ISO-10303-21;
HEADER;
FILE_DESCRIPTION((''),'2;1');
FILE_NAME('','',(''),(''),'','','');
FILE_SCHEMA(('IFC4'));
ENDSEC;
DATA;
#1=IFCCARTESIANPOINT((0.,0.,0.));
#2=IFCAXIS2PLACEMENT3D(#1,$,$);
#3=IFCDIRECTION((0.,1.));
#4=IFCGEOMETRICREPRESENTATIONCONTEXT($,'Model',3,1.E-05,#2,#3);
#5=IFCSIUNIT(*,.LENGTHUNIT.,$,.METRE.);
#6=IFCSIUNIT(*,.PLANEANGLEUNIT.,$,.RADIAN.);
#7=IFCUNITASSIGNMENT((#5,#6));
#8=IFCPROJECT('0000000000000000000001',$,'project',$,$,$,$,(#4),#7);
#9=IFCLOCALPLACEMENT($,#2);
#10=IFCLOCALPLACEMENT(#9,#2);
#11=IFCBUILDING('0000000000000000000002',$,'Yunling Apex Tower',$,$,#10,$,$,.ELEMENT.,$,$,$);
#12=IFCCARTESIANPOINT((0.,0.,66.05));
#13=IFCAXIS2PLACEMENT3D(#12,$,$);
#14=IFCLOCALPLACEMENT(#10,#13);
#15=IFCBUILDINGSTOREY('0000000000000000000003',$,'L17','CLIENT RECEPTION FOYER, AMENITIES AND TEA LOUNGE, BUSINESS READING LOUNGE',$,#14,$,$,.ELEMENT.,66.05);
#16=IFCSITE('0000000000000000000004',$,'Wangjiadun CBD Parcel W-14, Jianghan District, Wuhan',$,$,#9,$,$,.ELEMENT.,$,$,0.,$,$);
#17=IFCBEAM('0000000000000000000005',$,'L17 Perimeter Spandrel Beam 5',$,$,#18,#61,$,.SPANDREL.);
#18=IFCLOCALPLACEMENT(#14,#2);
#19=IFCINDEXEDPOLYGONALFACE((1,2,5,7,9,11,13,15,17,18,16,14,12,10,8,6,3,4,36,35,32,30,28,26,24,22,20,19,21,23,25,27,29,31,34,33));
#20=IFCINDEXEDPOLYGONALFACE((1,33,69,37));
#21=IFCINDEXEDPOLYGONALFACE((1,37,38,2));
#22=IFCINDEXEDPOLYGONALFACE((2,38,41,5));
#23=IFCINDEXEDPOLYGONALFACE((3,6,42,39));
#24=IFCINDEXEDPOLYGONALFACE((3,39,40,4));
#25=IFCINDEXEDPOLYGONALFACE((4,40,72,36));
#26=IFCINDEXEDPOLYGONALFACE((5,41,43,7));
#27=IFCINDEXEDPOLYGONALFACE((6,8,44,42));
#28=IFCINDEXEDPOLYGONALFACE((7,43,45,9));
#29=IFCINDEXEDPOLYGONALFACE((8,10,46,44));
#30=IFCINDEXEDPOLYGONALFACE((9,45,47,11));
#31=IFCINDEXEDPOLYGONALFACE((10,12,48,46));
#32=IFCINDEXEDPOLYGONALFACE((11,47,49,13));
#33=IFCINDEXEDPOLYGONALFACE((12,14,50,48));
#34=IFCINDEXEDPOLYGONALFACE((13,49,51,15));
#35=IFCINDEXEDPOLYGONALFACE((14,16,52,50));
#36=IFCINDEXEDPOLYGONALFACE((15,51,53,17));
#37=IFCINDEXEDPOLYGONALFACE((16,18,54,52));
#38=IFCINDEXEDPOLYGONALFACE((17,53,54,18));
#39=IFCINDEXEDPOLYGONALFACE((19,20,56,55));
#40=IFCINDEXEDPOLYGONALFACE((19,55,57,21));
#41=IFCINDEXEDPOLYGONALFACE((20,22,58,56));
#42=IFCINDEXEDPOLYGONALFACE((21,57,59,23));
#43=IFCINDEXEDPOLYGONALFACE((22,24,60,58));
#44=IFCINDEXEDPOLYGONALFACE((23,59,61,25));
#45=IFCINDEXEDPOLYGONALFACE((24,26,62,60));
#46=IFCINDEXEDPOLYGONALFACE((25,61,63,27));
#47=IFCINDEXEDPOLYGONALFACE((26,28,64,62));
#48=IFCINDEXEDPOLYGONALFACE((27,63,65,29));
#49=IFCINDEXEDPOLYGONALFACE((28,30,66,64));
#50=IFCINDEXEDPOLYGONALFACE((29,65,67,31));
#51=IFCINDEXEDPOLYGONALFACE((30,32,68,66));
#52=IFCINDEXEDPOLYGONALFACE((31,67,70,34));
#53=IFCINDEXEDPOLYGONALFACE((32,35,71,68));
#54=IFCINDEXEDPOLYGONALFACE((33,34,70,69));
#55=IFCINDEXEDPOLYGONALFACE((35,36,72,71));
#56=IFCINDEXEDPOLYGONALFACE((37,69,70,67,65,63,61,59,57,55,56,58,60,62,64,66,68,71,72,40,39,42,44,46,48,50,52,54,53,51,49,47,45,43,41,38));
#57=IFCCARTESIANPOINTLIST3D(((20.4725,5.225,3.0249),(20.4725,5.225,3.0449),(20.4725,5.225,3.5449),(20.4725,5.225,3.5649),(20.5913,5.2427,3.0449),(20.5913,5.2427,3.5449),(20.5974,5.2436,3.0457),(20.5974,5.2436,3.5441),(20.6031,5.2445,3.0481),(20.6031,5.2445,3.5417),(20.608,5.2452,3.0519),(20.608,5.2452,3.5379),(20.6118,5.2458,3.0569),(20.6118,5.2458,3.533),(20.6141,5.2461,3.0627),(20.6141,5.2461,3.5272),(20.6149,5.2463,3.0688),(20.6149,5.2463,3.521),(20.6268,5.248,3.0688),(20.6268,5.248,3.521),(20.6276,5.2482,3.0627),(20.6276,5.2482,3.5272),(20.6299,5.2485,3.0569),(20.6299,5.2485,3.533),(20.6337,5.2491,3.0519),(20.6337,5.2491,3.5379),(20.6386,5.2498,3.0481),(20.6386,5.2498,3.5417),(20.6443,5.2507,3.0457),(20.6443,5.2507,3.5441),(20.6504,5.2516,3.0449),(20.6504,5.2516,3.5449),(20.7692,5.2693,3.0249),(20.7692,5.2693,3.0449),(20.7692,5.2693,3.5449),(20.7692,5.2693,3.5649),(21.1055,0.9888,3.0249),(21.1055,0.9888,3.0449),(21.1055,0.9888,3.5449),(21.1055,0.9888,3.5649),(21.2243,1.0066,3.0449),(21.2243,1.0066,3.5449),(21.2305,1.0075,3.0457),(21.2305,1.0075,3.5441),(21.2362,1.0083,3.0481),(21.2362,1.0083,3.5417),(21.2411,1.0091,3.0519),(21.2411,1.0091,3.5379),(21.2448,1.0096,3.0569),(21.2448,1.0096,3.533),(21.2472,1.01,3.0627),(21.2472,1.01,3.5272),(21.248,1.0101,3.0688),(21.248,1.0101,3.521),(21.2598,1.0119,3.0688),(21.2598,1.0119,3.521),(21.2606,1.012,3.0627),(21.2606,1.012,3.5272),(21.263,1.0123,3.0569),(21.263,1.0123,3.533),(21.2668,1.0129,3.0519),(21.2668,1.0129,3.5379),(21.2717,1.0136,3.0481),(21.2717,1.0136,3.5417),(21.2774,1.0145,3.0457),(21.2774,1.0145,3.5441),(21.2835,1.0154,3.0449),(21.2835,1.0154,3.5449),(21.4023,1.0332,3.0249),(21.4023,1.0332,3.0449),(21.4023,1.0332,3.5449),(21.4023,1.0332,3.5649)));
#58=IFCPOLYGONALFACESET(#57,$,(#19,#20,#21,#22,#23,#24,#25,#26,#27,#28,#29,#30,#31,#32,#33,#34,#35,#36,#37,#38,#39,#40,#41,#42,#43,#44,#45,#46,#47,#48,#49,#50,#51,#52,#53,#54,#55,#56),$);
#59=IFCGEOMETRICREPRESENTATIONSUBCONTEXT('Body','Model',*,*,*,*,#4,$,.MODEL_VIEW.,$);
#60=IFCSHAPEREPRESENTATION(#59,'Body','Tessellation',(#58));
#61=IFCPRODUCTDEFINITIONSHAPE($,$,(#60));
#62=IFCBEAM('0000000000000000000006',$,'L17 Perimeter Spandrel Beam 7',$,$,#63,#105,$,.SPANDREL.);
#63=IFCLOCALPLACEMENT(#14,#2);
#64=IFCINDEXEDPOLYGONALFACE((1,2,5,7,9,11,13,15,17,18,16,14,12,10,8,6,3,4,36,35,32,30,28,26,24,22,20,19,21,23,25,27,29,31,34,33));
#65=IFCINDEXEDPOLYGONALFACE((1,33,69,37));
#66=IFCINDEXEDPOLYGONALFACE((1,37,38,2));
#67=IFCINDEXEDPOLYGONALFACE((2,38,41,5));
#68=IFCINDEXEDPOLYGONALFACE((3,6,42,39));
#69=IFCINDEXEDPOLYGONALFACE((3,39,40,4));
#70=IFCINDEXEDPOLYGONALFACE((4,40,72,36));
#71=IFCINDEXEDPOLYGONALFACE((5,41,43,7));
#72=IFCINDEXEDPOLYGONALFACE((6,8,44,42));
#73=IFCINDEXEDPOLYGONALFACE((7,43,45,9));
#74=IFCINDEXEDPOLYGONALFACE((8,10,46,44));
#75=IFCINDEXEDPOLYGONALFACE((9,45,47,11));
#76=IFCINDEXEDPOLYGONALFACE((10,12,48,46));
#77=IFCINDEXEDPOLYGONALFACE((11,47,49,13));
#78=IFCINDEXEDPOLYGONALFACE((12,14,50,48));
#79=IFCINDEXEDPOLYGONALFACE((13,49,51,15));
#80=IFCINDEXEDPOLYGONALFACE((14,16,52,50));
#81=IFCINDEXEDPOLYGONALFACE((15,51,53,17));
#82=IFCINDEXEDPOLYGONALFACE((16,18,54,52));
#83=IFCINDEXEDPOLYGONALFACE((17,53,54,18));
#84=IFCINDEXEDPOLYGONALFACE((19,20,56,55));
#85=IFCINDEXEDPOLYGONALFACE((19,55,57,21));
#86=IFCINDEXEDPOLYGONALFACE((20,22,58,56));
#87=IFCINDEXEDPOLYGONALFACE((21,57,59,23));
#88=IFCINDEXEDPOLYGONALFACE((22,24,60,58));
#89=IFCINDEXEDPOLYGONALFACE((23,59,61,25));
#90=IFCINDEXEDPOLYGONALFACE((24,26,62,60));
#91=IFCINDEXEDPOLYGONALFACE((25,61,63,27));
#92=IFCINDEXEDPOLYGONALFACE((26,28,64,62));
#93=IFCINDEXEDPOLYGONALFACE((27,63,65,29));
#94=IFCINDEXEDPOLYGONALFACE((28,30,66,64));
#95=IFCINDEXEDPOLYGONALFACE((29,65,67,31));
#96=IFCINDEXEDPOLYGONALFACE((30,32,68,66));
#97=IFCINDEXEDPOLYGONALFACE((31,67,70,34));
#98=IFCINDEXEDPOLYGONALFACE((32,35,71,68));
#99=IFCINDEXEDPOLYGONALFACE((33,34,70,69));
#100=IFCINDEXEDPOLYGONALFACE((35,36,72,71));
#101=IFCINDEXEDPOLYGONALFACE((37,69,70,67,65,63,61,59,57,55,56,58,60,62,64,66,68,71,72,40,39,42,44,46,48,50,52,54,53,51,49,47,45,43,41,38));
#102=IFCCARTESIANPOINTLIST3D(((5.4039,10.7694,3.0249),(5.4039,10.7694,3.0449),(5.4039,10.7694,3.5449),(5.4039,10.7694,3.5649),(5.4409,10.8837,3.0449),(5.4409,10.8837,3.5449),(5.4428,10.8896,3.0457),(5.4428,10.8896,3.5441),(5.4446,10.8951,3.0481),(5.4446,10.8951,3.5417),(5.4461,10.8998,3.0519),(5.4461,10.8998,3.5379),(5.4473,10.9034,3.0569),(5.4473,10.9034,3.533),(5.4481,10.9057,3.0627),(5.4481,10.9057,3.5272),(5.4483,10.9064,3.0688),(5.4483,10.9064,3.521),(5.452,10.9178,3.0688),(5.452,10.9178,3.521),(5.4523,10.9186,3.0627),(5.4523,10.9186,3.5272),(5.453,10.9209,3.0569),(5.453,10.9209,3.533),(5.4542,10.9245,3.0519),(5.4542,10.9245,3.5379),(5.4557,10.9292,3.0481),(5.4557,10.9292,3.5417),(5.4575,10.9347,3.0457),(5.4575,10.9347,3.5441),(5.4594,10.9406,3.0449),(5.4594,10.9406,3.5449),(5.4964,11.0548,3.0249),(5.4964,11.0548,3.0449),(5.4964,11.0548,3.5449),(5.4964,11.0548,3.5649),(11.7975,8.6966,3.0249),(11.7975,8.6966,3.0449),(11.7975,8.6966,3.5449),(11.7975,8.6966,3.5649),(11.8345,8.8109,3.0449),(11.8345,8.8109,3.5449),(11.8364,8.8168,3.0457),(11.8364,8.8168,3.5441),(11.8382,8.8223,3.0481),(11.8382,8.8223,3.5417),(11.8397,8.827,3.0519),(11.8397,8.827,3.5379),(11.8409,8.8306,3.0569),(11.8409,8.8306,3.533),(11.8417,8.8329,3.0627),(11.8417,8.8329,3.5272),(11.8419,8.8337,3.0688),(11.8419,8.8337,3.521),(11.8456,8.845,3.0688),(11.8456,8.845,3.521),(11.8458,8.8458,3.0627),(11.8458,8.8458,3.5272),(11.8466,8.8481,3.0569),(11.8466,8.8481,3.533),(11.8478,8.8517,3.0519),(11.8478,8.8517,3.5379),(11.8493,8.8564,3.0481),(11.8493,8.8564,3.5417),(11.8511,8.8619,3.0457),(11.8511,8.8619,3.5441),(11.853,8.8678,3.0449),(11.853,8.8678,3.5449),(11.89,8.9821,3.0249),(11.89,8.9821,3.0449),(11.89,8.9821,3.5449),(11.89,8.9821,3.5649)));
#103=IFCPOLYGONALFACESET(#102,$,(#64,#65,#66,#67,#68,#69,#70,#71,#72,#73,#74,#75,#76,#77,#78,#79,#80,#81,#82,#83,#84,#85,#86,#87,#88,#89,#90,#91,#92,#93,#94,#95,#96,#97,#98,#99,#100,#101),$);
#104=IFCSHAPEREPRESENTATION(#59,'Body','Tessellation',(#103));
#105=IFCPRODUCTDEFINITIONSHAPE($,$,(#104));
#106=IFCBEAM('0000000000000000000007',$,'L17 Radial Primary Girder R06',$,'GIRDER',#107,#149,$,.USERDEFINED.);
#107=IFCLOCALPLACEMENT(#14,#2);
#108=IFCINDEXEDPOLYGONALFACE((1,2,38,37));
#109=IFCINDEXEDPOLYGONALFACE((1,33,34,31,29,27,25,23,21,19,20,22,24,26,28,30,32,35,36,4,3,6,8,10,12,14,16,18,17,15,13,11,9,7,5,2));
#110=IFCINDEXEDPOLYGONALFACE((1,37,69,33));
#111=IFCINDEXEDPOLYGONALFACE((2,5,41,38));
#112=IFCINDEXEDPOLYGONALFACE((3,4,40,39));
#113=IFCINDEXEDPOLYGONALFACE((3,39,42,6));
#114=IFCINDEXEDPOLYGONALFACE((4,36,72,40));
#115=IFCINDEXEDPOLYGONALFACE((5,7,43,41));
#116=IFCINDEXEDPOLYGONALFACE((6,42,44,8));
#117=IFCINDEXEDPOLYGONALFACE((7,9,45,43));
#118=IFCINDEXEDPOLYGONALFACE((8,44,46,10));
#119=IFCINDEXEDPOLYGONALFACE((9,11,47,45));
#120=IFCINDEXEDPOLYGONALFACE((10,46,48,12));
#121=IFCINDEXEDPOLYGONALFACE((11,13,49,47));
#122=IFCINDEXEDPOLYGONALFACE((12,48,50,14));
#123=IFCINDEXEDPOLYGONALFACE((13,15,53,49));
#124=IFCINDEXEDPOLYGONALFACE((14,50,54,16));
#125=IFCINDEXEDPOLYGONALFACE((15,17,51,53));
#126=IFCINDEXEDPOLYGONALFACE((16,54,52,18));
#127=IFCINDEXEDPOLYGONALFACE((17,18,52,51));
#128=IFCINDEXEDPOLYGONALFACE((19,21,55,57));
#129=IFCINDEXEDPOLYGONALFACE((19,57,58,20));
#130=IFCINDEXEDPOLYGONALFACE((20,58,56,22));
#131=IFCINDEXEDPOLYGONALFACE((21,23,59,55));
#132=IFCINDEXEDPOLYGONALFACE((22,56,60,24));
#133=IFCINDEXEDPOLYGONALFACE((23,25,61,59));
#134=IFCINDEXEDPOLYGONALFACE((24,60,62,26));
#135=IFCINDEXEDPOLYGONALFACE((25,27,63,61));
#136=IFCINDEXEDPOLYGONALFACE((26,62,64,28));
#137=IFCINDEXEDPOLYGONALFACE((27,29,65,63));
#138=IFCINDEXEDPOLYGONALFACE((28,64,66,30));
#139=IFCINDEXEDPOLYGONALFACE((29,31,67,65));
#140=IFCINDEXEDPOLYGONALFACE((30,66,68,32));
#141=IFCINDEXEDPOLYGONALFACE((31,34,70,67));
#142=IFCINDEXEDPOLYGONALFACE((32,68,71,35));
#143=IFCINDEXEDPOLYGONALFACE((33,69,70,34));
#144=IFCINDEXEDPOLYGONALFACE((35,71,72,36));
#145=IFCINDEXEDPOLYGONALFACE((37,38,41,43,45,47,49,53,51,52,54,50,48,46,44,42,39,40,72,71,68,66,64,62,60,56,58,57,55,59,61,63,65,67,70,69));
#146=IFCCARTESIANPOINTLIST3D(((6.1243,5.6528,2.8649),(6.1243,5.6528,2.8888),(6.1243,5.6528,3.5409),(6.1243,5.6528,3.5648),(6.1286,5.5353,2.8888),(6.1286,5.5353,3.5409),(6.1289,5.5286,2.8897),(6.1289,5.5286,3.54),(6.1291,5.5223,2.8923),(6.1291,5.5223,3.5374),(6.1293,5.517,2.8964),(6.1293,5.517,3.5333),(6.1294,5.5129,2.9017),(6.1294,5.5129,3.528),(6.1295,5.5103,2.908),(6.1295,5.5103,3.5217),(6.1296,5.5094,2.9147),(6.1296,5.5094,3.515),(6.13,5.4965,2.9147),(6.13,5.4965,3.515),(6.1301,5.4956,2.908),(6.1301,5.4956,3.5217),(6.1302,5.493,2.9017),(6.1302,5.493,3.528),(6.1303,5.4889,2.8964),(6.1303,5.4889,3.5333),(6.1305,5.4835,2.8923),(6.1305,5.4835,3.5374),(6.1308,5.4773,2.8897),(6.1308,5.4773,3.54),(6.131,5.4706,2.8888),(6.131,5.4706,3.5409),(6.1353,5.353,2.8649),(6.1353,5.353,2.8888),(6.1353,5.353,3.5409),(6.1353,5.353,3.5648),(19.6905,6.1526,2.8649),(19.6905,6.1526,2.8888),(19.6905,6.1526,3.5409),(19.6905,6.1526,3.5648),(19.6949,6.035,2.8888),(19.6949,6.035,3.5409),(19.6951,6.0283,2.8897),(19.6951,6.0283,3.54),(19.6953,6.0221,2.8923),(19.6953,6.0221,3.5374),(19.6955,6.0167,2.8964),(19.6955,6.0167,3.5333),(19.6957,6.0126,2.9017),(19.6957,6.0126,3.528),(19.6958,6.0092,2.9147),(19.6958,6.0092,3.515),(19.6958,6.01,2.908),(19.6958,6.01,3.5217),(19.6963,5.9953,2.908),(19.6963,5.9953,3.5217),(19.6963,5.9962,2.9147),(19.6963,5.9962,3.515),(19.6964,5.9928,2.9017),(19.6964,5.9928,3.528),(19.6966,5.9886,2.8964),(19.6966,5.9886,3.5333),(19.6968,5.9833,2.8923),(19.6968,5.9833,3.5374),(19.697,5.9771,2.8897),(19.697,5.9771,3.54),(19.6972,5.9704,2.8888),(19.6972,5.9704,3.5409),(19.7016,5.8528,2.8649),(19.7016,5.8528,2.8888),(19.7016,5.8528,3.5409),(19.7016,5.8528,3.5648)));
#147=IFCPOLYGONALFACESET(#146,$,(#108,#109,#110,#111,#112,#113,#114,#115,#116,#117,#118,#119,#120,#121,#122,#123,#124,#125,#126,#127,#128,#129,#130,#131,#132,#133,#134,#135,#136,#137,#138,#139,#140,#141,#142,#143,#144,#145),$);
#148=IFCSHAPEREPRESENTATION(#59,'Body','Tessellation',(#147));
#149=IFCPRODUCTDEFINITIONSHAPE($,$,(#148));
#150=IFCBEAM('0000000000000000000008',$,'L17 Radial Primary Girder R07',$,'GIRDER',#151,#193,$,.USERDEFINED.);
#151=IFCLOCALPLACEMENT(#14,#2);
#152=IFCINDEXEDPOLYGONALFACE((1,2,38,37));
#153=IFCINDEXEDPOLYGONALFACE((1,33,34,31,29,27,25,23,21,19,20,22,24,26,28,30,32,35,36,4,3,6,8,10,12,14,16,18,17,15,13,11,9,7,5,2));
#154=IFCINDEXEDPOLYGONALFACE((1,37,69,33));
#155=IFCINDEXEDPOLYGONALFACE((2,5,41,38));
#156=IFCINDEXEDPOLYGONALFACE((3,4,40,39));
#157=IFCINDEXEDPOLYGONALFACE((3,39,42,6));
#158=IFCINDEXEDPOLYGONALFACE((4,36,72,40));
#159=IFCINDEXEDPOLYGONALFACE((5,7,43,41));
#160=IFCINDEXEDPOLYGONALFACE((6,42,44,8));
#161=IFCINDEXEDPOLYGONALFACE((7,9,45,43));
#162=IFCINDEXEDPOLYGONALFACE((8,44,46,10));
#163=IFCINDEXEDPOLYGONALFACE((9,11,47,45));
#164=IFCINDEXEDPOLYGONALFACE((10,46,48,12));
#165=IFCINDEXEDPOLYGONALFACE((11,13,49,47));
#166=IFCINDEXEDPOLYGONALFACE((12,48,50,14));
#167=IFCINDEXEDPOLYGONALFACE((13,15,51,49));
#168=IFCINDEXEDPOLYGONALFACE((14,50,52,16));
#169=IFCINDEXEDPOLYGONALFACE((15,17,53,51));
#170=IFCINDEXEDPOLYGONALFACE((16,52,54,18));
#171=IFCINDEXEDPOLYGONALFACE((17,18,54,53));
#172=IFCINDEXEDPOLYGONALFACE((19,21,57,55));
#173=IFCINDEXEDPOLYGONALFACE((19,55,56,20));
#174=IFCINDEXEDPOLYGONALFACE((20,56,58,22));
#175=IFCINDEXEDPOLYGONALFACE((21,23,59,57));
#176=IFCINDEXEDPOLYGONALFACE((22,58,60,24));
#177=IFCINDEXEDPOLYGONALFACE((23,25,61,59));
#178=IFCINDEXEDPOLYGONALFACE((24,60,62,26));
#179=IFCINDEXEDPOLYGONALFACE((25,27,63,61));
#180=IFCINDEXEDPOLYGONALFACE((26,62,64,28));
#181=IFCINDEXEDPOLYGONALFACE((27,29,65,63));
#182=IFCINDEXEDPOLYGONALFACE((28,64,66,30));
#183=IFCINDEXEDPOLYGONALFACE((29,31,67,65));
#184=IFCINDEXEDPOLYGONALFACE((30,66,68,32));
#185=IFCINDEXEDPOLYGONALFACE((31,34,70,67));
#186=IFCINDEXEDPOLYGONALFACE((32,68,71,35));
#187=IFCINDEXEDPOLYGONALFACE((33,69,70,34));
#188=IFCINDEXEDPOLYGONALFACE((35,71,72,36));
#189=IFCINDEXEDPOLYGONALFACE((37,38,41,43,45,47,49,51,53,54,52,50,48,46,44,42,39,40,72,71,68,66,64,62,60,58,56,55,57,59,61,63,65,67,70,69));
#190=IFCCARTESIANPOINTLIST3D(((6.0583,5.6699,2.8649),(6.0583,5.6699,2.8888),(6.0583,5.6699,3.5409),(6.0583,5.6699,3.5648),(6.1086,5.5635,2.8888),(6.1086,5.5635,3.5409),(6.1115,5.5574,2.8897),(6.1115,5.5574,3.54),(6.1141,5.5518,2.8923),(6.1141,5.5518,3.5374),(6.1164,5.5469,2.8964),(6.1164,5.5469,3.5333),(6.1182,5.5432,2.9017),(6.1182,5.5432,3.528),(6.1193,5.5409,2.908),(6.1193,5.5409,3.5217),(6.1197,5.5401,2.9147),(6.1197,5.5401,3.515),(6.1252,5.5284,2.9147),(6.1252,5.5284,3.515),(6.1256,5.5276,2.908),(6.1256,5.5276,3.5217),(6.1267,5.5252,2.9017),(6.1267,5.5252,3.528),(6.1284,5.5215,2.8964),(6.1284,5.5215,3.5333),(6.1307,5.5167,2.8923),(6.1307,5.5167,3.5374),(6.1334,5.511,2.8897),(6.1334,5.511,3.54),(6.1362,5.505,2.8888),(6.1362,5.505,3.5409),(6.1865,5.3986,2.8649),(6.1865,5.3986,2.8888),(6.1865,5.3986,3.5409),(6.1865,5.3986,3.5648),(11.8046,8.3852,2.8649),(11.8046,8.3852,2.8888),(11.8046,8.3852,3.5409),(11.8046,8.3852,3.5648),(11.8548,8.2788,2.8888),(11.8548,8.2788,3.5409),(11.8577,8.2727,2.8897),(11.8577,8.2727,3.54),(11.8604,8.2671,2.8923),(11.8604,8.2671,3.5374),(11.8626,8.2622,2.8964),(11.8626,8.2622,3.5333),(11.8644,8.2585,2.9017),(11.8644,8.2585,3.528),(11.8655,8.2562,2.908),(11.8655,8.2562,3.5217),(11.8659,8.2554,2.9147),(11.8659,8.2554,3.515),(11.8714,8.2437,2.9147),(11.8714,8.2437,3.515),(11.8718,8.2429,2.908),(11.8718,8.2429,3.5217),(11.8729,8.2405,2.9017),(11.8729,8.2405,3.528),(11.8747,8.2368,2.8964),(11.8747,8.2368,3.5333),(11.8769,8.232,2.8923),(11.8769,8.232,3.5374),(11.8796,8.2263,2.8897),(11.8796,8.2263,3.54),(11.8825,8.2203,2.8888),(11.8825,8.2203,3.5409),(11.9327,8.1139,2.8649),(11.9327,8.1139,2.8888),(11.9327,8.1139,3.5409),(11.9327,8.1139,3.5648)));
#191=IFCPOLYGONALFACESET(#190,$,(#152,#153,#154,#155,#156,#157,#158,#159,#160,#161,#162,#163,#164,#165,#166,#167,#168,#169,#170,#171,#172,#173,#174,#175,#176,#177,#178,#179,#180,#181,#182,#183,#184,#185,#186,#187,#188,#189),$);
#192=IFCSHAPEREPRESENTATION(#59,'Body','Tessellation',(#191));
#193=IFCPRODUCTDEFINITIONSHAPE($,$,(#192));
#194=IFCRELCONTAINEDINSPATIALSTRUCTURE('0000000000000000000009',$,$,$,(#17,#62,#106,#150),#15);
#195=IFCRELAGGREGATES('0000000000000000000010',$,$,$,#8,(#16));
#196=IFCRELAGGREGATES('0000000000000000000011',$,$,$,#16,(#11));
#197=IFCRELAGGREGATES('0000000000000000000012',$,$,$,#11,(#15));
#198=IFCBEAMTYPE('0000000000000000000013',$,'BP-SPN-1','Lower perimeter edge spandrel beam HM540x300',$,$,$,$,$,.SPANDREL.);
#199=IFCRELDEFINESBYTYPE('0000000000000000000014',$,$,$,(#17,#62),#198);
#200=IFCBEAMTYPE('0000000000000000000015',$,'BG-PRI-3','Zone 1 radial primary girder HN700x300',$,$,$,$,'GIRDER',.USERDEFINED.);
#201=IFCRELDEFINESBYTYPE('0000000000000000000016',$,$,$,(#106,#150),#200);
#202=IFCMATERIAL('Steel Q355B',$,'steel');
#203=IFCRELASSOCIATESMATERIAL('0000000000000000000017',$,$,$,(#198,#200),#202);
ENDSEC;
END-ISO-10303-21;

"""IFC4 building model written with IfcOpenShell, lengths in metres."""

from ifc_helpers import new_model, si_unit, direction, frame, origin, origin_2d, place, context, subcontext, project, spatial, i_section, extrude, source, transform, mapped, material, material_profile, profile_set, type_object, element, save


model = new_model("IFC4")

# Units and contexts
model_context = context("Model", 3, precision=1e-05, world=origin(), true_north=direction((0.0, 1.0)))
body_context = subcontext(model_context, "Body", "Model", "MODEL_VIEW")
ifc_project = project(units=[si_unit("LENGTHUNIT", "METRE"), si_unit("PLANEANGLEUNIT", "RADIAN")], contexts=[model_context])

# Site, building, storey
site_placement = place(None, origin())
site = spatial("IfcSite", under=ifc_project, at=site_placement, Name="Wangjiadun CBD Parcel W-14, Jianghan District, Wuhan", CompositionType="ELEMENT", RefElevation=0.0)
building_placement = place(site_placement, origin())
building = spatial("IfcBuilding", under=site, at=building_placement, Name="Yunling Apex Tower", CompositionType="ELEMENT")
storey_placement = place(building_placement, frame((0.0, 0.0, 66.05)))
storey = spatial("IfcBuildingStorey", under=building, at=storey_placement, Name="L17", Description="CLIENT RECEPTION FOYER, AMENITIES AND TEA LOUNGE, BUSINESS READING LOUNGE", CompositionType="ELEMENT", Elevation=66.05)

# Beams
ifc_material_1 = material(Name="Steel Q355B", Category="steel")
ifc_material_profile_1 = material_profile(ifc_material_1, i_section(OverallWidth=0.3, OverallDepth=0.54, WebThickness=0.012, FlangeThickness=0.02, FilletRadius=0.0239, at=origin_2d()))
ifc_profile_set_1 = profile_set([ifc_material_profile_1], Name="Steel Q355B")
beam_type_1 = type_object("IfcBeamType", Name="BP-SPN-1", Description="Lower perimeter edge spandrel beam HM540x300", PredefinedType="SPANDREL", material=ifc_profile_set_1)
shared_shape_1 = source(origin(), body_context, "Body", "SweptSolid", [
    extrude(i_section(OverallWidth=0.3, OverallDepth=0.54, WebThickness=0.012, FlangeThickness=0.02, FilletRadius=0.0239, at=origin_2d()), origin(), (0.0, 0.0, 1.0), 4.2832),
])
beam_1_placement = place(storey_placement, frame((21.2539, 1.011, 3.2949), z_axis=(-0.147802, 0.989017, 0.0), x_axis=(-0.989017, -0.147802, 0.0)))
element("IfcBeam", 1, at=beam_1_placement, inside=storey, type_object=beam_type_1, Name="L17 Perimeter Spandrel Beam 5", PredefinedType="SPANDREL", context=body_context, shape_type="MappedRepresentation", body=[
    mapped(shared_shape_1, transform((0.0, 0.0, 0.0), scale=1.0)),
])
shared_shape_2 = source(origin(), body_context, "Body", "SweptSolid", [
    extrude(i_section(OverallWidth=0.3, OverallDepth=0.54, WebThickness=0.012, FlangeThickness=0.02, FilletRadius=0.0239, at=origin_2d()), origin(), (0.0, 0.0, 1.0), 6.7212),
])
beam_2_placement = place(storey_placement, frame((11.8438, 8.8394, 3.2949), z_axis=(-0.951259, 0.308393, 0.0), x_axis=(-0.308393, -0.951259, 0.0)))
element("IfcBeam", 2, at=beam_2_placement, inside=storey, type_object=beam_type_1, Name="L17 Perimeter Spandrel Beam 7", PredefinedType="SPANDREL", context=body_context, shape_type="MappedRepresentation", body=[
    mapped(shared_shape_2, transform((0.0, 0.0, 0.0), scale=1.0)),
])
ifc_material_profile_2 = material_profile(ifc_material_1, i_section(OverallWidth=0.3, OverallDepth=0.7, WebThickness=0.0129, FlangeThickness=0.0239, FilletRadius=0.0259, at=origin_2d()))
ifc_profile_set_2 = profile_set([ifc_material_profile_2], Name="Steel Q355B")
beam_type_2 = type_object("IfcBeamType", Name="BG-PRI-3", Description="Zone 1 radial primary girder HN700x300", ElementType="GIRDER", PredefinedType="USERDEFINED", material=ifc_profile_set_2)
shared_shape_3 = source(origin(), body_context, "Body", "SweptSolid", [
    extrude(i_section(OverallWidth=0.3, OverallDepth=0.7, WebThickness=0.0129, FlangeThickness=0.0239, FilletRadius=0.0259, at=origin_2d()), origin(), (0.0, 0.0, 1.0), 13.5754),
])
beam_3_placement = place(storey_placement, frame((19.696, 6.0027, 3.2148), z_axis=(-0.999322, -0.036813, 0.0), x_axis=(0.036813, -0.999322, 0.0)))
element("IfcBeam", 3, at=beam_3_placement, inside=storey, type_object=beam_type_2, Name="L17 Radial Primary Girder R06", ObjectType="GIRDER", PredefinedType="USERDEFINED", context=body_context, shape_type="MappedRepresentation", body=[
    mapped(shared_shape_3, transform((0.0, 0.0, 0.0), scale=1.0)),
])
shared_shape_4 = source(origin(), body_context, "Body", "SweptSolid", [
    extrude(i_section(OverallWidth=0.3, OverallDepth=0.7, WebThickness=0.0129, FlangeThickness=0.0239, FilletRadius=0.0259, at=origin_2d()), origin(), (0.0, 0.0, 1.0), 6.3555),
])
beam_4_placement = place(storey_placement, frame((11.8687, 8.2495, 3.2148), z_axis=(-0.90414, -0.427236, 0.0), x_axis=(0.427236, -0.90414, 0.0)))
element("IfcBeam", 4, at=beam_4_placement, inside=storey, type_object=beam_type_2, Name="L17 Radial Primary Girder R07", ObjectType="GIRDER", PredefinedType="USERDEFINED", context=body_context, shape_type="MappedRepresentation", body=[
    mapped(shared_shape_4, transform((0.0, 0.0, 0.0), scale=1.0)),
])

save(model, "model.ifc")
